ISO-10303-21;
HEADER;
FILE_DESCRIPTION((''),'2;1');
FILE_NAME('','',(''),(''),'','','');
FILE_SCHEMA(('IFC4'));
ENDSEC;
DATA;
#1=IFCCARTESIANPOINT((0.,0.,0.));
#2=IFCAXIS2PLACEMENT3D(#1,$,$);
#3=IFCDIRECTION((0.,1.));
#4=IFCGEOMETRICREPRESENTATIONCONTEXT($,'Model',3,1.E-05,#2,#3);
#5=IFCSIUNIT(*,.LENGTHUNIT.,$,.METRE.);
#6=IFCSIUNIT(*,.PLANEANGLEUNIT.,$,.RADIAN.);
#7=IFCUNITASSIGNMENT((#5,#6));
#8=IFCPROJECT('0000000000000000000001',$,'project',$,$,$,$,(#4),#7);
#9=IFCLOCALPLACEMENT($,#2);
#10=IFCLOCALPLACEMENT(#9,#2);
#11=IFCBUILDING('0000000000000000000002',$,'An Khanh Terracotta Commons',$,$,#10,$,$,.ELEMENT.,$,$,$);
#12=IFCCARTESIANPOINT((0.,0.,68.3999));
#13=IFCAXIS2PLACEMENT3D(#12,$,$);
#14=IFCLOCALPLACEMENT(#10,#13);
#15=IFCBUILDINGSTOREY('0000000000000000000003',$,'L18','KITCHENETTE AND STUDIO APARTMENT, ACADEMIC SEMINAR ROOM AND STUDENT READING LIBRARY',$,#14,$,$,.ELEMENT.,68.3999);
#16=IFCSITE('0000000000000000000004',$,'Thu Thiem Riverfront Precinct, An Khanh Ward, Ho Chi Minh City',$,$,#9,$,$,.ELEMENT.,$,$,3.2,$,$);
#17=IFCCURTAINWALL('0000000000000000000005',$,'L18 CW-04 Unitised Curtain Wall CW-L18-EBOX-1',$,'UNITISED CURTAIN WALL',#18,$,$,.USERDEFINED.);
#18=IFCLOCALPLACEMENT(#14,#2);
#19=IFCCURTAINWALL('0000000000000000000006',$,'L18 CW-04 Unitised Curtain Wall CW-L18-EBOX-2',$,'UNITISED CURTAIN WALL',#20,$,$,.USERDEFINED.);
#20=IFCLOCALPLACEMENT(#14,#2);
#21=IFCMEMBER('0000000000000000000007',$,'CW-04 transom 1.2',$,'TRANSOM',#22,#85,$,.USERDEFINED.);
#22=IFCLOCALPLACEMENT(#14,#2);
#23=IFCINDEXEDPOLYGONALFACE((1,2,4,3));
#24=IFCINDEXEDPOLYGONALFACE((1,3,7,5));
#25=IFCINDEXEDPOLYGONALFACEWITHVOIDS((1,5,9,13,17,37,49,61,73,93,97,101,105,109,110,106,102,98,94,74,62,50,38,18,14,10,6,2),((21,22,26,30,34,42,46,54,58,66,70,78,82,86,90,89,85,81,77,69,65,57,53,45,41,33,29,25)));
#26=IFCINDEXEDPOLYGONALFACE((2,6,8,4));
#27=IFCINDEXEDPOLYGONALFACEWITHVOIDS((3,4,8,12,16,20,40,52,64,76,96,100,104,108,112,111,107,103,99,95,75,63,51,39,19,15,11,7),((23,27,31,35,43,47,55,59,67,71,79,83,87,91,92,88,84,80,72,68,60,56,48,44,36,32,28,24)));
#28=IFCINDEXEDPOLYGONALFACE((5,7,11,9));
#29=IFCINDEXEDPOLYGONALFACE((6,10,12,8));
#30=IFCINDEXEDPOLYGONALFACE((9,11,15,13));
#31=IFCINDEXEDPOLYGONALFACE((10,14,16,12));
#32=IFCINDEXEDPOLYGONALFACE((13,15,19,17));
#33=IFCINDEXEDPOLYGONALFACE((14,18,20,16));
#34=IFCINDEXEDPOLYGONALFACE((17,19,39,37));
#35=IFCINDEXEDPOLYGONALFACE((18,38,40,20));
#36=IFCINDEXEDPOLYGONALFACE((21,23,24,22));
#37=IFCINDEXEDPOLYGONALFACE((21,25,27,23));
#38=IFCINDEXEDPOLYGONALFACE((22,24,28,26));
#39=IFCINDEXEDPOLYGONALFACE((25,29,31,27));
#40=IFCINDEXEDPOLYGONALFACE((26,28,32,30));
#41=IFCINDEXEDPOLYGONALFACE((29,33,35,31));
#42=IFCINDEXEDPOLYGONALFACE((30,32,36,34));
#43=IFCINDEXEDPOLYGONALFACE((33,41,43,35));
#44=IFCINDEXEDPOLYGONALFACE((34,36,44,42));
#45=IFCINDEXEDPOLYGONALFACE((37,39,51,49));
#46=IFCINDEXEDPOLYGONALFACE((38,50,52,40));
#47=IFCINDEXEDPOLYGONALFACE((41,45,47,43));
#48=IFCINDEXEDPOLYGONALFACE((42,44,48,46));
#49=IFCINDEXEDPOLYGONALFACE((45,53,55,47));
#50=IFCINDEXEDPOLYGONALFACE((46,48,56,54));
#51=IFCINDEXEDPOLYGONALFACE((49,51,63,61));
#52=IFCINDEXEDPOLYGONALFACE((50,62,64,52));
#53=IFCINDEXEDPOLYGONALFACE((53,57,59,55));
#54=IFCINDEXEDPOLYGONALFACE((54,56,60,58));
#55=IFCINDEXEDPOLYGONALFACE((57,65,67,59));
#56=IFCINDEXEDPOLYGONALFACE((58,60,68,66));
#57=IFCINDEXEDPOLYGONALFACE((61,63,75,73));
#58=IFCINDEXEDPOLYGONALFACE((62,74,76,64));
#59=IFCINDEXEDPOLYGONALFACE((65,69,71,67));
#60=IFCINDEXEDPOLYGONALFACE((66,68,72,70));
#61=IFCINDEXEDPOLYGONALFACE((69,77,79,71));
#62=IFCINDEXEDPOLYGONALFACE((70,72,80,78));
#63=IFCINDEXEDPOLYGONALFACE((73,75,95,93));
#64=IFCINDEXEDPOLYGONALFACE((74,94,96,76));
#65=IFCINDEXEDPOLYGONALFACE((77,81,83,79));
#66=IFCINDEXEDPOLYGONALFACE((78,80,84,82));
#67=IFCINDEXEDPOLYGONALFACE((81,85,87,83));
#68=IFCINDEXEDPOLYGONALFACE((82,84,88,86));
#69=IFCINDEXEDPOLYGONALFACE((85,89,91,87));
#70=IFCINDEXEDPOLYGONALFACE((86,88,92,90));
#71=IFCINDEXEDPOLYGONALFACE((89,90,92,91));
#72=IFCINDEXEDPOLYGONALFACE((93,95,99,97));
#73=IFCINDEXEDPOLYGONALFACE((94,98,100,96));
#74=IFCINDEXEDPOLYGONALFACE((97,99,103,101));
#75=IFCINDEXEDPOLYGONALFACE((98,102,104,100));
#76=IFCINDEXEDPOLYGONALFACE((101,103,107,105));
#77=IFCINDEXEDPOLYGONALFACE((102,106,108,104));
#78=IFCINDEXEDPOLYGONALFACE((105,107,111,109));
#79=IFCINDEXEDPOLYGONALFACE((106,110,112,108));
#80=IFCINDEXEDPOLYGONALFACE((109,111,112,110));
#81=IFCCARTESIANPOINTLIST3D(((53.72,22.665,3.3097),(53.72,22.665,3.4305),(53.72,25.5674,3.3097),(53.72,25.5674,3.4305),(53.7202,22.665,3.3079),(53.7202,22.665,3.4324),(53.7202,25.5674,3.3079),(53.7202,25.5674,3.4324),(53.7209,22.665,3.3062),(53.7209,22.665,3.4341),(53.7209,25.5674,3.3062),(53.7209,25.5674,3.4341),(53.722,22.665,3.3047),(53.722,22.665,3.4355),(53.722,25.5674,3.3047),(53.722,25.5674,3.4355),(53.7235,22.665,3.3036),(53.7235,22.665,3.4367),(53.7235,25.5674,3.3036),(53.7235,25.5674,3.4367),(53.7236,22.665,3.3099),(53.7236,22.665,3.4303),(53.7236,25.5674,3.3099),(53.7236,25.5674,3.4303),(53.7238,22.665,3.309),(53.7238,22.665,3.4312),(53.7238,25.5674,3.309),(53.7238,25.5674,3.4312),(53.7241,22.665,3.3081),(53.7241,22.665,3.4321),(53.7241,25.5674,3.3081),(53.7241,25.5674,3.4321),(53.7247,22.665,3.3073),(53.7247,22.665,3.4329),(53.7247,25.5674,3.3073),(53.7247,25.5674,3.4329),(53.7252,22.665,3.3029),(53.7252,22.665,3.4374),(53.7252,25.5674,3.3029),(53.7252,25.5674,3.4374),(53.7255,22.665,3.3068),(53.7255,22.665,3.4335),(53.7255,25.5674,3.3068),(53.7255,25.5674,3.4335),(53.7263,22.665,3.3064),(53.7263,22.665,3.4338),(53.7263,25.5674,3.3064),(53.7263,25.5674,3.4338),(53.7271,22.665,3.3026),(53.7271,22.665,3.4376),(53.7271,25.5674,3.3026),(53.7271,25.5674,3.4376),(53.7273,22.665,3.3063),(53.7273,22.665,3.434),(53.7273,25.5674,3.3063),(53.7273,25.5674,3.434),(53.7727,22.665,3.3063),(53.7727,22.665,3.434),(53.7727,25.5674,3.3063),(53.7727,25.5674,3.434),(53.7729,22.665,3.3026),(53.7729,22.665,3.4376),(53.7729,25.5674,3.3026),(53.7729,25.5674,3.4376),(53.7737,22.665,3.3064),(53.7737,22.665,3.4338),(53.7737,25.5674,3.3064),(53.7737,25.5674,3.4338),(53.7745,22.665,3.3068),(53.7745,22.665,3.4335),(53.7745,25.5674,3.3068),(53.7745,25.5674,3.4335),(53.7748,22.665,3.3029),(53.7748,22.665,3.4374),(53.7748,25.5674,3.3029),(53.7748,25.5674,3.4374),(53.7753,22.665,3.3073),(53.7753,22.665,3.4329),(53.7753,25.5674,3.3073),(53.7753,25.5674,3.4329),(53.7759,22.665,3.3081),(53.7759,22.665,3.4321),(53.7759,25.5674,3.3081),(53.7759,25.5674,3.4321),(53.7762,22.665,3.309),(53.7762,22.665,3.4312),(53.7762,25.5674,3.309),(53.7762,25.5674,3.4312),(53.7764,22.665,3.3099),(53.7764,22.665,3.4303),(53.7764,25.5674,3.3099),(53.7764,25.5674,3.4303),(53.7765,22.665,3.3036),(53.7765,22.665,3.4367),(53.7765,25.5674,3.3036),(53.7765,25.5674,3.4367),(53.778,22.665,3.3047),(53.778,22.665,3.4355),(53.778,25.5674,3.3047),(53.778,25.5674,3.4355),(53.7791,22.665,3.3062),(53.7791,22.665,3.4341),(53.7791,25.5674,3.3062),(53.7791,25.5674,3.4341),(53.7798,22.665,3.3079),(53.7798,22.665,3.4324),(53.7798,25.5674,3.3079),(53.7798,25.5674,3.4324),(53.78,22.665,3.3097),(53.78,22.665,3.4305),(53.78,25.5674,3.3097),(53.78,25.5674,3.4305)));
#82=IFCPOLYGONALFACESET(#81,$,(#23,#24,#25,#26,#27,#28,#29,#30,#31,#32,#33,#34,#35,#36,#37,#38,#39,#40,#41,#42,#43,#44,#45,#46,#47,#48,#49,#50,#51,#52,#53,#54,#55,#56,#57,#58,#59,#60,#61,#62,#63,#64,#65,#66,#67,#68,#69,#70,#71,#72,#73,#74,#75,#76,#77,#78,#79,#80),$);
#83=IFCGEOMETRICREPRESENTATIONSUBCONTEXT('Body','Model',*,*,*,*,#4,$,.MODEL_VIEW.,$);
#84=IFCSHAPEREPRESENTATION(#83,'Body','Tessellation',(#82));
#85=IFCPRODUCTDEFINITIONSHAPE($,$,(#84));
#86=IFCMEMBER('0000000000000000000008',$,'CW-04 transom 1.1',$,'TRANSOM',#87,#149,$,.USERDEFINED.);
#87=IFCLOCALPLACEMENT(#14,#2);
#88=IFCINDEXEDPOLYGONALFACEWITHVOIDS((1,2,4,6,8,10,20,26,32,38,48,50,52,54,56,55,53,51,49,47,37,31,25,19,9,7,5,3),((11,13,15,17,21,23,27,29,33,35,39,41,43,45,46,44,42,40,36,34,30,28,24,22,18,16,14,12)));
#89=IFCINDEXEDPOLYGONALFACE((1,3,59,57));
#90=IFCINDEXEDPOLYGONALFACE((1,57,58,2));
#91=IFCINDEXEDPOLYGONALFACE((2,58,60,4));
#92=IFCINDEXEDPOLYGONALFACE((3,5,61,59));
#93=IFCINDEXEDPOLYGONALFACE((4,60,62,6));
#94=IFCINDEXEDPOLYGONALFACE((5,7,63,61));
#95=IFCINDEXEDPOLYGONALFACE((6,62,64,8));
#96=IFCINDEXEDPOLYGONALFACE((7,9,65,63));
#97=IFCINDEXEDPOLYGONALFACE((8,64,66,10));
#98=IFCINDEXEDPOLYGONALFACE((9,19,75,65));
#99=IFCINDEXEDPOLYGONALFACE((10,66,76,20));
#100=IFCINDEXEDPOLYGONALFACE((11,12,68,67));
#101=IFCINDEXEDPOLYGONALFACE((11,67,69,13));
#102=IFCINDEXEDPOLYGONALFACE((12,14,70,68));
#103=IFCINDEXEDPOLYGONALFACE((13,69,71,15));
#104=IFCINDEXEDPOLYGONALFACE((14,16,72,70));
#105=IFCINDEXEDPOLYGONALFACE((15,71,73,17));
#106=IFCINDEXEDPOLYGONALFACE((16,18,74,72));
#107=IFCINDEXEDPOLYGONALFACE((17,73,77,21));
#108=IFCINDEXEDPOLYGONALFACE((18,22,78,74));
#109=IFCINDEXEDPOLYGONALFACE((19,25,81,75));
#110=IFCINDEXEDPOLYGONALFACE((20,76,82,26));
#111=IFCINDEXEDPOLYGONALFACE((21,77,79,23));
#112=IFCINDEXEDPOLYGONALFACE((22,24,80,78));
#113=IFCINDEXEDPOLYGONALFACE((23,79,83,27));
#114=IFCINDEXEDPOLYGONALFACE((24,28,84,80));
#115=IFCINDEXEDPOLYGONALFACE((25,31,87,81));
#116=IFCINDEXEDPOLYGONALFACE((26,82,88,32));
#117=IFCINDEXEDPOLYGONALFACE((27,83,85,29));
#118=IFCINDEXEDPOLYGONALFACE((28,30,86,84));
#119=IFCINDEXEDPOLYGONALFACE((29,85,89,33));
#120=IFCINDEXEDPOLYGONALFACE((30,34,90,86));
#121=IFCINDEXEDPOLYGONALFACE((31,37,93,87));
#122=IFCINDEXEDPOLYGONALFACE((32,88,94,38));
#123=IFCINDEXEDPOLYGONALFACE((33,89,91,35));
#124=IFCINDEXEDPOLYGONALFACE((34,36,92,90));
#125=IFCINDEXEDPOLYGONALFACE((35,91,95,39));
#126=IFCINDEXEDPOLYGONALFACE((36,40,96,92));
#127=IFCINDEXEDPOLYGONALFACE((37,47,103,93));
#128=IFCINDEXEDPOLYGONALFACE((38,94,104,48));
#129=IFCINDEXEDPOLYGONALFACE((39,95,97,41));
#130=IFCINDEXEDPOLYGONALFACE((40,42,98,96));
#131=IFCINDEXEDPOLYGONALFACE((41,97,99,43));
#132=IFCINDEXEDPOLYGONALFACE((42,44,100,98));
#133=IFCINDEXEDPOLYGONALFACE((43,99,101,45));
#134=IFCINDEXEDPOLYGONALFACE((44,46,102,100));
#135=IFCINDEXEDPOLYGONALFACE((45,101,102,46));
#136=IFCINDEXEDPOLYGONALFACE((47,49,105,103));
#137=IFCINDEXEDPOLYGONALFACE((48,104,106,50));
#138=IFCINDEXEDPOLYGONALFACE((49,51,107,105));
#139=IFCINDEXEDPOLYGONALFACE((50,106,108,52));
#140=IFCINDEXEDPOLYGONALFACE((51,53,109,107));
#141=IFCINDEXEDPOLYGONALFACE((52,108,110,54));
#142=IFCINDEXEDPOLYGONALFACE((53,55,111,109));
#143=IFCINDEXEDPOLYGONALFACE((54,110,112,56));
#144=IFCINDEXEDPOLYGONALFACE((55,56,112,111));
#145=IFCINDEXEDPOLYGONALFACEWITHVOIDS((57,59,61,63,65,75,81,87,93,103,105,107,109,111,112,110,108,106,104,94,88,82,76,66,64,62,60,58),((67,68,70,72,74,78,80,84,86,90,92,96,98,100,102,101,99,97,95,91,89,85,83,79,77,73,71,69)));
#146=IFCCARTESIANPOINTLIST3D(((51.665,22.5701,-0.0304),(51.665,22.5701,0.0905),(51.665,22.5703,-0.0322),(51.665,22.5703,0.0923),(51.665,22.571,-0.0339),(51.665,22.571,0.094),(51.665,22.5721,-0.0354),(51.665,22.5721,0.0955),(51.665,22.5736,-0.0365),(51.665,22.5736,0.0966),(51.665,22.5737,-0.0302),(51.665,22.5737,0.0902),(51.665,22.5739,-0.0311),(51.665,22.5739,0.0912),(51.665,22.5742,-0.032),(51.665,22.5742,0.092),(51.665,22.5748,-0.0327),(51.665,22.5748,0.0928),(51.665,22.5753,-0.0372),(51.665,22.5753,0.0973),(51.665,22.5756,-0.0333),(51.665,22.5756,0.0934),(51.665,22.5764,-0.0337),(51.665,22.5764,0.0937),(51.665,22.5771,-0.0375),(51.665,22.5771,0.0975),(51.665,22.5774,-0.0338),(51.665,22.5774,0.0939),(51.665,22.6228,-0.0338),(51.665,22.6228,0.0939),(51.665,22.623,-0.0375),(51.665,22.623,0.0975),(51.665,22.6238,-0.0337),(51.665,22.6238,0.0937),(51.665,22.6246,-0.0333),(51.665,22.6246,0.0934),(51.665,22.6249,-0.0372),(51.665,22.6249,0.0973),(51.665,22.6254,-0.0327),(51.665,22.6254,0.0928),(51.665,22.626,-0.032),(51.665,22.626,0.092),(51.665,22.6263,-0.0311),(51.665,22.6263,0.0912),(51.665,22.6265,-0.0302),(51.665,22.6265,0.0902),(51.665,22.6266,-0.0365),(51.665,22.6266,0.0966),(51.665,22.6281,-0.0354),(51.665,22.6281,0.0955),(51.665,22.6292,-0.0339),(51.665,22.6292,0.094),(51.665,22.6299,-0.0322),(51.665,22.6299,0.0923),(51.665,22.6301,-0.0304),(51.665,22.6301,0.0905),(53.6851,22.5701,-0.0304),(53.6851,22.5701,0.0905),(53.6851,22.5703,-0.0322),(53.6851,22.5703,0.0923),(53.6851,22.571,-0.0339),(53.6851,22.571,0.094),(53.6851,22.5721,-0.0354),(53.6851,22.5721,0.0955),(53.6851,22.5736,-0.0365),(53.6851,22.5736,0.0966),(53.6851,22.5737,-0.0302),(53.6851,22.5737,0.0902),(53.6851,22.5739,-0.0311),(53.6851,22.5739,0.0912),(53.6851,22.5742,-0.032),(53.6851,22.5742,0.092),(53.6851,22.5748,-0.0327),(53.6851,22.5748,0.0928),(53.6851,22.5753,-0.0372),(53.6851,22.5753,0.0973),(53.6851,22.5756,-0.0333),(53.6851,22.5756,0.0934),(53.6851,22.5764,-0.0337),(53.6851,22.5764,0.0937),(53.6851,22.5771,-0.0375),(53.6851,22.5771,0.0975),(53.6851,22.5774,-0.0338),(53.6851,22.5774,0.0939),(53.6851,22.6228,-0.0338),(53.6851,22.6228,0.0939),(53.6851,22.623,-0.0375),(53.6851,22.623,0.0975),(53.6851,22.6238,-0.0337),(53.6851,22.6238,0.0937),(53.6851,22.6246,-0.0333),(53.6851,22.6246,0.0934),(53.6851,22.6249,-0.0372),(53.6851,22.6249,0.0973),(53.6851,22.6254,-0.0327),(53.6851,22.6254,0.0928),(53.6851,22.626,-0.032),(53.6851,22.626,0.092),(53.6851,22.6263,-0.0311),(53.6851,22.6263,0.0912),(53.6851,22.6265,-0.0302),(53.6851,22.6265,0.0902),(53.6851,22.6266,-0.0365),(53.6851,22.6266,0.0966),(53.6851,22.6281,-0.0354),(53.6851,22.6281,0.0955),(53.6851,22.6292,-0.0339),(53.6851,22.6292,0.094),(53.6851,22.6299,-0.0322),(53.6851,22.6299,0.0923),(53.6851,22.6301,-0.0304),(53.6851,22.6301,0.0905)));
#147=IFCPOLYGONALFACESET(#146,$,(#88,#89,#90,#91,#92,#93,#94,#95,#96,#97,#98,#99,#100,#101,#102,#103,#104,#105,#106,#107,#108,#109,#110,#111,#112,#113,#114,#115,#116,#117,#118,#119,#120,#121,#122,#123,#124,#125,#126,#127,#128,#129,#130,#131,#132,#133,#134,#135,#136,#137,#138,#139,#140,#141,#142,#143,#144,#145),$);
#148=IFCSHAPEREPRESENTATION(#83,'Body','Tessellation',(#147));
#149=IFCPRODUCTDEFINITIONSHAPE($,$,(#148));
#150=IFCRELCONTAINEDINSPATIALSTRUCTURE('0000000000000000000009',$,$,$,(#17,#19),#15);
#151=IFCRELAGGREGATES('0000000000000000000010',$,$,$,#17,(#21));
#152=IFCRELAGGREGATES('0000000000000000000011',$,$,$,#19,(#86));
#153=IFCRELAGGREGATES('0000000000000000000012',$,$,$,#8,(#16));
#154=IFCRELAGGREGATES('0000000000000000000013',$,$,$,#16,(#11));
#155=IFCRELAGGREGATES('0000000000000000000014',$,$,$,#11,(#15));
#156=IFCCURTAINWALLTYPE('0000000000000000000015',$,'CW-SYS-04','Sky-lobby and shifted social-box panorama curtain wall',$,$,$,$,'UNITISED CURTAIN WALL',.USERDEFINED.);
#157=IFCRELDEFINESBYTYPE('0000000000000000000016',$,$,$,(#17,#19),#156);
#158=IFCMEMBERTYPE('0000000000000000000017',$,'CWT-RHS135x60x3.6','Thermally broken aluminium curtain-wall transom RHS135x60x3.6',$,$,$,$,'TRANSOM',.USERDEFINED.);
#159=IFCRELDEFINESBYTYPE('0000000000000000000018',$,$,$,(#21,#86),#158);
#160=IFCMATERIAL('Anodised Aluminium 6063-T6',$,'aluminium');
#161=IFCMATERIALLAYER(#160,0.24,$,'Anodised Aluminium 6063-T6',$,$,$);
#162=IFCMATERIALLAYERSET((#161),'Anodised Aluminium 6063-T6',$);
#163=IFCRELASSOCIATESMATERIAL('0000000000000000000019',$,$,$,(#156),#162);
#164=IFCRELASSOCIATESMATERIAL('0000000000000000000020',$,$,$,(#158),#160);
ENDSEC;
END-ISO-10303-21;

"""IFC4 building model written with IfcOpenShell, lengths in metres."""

from ifc_helpers import new_model, si_unit, direction, frame, origin, origin_2d, place, context, subcontext, project, spatial, hollow_rectangle, extrude, material, layer, layer_set, material_profile, profile_set, type_object, element, aggregate, save


model = new_model("IFC4")

# Units and contexts
model_context = context("Model", 3, precision=1e-05, world=origin(), true_north=direction((0.0, 1.0)))
body_context = subcontext(model_context, "Body", "Model", "MODEL_VIEW")
ifc_project = project(units=[si_unit("LENGTHUNIT", "METRE"), si_unit("PLANEANGLEUNIT", "RADIAN")], contexts=[model_context])

# Site, building, storey
site_placement = place(None, origin())
site = spatial("IfcSite", under=ifc_project, at=site_placement, Name="Thu Thiem Riverfront Precinct, An Khanh Ward, Ho Chi Minh City", CompositionType="ELEMENT", RefElevation=3.2)
building_placement = place(site_placement, origin())
building = spatial("IfcBuilding", under=site, at=building_placement, Name="An Khanh Terracotta Commons", CompositionType="ELEMENT")
storey_placement = place(building_placement, frame((0.0, 0.0, 68.3999)))
storey = spatial("IfcBuildingStorey", under=building, at=storey_placement, Name="L18", Description="KITCHENETTE AND STUDIO APARTMENT, ACADEMIC SEMINAR ROOM AND STUDENT READING LIBRARY", CompositionType="ELEMENT", Elevation=68.3999)

# Curtain wall
ifc_material_1 = material(Name="Anodised Aluminium 6063-T6", Category="aluminium")
ifc_layer_1 = layer(ifc_material_1, 0.24, Name="Anodised Aluminium 6063-T6")
ifc_layer_set_1 = layer_set([ifc_layer_1], Name="Anodised Aluminium 6063-T6")
curtain_wall_type = type_object("IfcCurtainWallType", Name="CW-SYS-04", Description="Sky-lobby and shifted social-box panorama curtain wall", ElementType="UNITISED CURTAIN WALL", PredefinedType="USERDEFINED", material=ifc_layer_set_1)
curtain_wall_1_placement = place(storey_placement, origin())
curtain_wall_1 = element("IfcCurtainWall", 1, at=curtain_wall_1_placement, inside=storey, type_object=curtain_wall_type, Name="L18 CW-04 Unitised Curtain Wall CW-L18-EBOX-1", ObjectType="UNITISED CURTAIN WALL", PredefinedType="USERDEFINED")

# Curtain wall
curtain_wall_2_placement = place(storey_placement, origin())
curtain_wall_2 = element("IfcCurtainWall", 2, at=curtain_wall_2_placement, inside=storey, type_object=curtain_wall_type, Name="L18 CW-04 Unitised Curtain Wall CW-L18-EBOX-2", ObjectType="UNITISED CURTAIN WALL", PredefinedType="USERDEFINED")

# Members
ifc_material_profile_1 = material_profile(ifc_material_1, hollow_rectangle(XDim=0.0601, YDim=0.135, WallThickness=0.0037, InnerFilletRadius=0.0037, OuterFilletRadius=0.0071, at=origin_2d()), Name="RHS135x60x3.6")
ifc_profile_set_1 = profile_set([ifc_material_profile_1], Name="Anodised Aluminium 6063-T6")
member_type_1 = type_object("IfcMemberType", Name="CWT-RHS135x60x3.6", Description="Thermally broken aluminium curtain-wall transom RHS135x60x3.6", ElementType="TRANSOM", PredefinedType="USERDEFINED", material=ifc_profile_set_1)
member_1_placement = place(storey_placement, frame((53.75, 22.665, 3.3701), z_axis=(0.0, 1.0, 0.0), x_axis=(-1.0, 0.0, 0.0)))
member_1 = element("IfcMember", 3, at=member_1_placement, type_object=member_type_1, Name="CW-04 transom 1.2", ObjectType="TRANSOM", PredefinedType="USERDEFINED", context=body_context, shape_type="SweptSolid", body=[
    extrude(hollow_rectangle(XDim=0.0601, YDim=0.135, WallThickness=0.0037, InnerFilletRadius=0.0037, OuterFilletRadius=0.0071, at=origin_2d()), origin(), (0.0, 0.0, 1.0), 2.9023),
])
aggregate(curtain_wall_1, [member_1])
member_2_placement = place(storey_placement, frame((51.665, 22.6001, 0.03), z_axis=(1.0, 0.0, 0.0), x_axis=(0.0, 1.0, 0.0)))
member_2 = element("IfcMember", 4, at=member_2_placement, type_object=member_type_1, Name="CW-04 transom 1.1", ObjectType="TRANSOM", PredefinedType="USERDEFINED", context=body_context, shape_type="SweptSolid", body=[
    extrude(hollow_rectangle(XDim=0.0601, YDim=0.135, WallThickness=0.0037, InnerFilletRadius=0.0037, OuterFilletRadius=0.0071, at=origin_2d()), origin(), (0.0, 0.0, 1.0), 2.02),
])

aggregate(curtain_wall_2, [member_2])

save(model, "model.ifc")
